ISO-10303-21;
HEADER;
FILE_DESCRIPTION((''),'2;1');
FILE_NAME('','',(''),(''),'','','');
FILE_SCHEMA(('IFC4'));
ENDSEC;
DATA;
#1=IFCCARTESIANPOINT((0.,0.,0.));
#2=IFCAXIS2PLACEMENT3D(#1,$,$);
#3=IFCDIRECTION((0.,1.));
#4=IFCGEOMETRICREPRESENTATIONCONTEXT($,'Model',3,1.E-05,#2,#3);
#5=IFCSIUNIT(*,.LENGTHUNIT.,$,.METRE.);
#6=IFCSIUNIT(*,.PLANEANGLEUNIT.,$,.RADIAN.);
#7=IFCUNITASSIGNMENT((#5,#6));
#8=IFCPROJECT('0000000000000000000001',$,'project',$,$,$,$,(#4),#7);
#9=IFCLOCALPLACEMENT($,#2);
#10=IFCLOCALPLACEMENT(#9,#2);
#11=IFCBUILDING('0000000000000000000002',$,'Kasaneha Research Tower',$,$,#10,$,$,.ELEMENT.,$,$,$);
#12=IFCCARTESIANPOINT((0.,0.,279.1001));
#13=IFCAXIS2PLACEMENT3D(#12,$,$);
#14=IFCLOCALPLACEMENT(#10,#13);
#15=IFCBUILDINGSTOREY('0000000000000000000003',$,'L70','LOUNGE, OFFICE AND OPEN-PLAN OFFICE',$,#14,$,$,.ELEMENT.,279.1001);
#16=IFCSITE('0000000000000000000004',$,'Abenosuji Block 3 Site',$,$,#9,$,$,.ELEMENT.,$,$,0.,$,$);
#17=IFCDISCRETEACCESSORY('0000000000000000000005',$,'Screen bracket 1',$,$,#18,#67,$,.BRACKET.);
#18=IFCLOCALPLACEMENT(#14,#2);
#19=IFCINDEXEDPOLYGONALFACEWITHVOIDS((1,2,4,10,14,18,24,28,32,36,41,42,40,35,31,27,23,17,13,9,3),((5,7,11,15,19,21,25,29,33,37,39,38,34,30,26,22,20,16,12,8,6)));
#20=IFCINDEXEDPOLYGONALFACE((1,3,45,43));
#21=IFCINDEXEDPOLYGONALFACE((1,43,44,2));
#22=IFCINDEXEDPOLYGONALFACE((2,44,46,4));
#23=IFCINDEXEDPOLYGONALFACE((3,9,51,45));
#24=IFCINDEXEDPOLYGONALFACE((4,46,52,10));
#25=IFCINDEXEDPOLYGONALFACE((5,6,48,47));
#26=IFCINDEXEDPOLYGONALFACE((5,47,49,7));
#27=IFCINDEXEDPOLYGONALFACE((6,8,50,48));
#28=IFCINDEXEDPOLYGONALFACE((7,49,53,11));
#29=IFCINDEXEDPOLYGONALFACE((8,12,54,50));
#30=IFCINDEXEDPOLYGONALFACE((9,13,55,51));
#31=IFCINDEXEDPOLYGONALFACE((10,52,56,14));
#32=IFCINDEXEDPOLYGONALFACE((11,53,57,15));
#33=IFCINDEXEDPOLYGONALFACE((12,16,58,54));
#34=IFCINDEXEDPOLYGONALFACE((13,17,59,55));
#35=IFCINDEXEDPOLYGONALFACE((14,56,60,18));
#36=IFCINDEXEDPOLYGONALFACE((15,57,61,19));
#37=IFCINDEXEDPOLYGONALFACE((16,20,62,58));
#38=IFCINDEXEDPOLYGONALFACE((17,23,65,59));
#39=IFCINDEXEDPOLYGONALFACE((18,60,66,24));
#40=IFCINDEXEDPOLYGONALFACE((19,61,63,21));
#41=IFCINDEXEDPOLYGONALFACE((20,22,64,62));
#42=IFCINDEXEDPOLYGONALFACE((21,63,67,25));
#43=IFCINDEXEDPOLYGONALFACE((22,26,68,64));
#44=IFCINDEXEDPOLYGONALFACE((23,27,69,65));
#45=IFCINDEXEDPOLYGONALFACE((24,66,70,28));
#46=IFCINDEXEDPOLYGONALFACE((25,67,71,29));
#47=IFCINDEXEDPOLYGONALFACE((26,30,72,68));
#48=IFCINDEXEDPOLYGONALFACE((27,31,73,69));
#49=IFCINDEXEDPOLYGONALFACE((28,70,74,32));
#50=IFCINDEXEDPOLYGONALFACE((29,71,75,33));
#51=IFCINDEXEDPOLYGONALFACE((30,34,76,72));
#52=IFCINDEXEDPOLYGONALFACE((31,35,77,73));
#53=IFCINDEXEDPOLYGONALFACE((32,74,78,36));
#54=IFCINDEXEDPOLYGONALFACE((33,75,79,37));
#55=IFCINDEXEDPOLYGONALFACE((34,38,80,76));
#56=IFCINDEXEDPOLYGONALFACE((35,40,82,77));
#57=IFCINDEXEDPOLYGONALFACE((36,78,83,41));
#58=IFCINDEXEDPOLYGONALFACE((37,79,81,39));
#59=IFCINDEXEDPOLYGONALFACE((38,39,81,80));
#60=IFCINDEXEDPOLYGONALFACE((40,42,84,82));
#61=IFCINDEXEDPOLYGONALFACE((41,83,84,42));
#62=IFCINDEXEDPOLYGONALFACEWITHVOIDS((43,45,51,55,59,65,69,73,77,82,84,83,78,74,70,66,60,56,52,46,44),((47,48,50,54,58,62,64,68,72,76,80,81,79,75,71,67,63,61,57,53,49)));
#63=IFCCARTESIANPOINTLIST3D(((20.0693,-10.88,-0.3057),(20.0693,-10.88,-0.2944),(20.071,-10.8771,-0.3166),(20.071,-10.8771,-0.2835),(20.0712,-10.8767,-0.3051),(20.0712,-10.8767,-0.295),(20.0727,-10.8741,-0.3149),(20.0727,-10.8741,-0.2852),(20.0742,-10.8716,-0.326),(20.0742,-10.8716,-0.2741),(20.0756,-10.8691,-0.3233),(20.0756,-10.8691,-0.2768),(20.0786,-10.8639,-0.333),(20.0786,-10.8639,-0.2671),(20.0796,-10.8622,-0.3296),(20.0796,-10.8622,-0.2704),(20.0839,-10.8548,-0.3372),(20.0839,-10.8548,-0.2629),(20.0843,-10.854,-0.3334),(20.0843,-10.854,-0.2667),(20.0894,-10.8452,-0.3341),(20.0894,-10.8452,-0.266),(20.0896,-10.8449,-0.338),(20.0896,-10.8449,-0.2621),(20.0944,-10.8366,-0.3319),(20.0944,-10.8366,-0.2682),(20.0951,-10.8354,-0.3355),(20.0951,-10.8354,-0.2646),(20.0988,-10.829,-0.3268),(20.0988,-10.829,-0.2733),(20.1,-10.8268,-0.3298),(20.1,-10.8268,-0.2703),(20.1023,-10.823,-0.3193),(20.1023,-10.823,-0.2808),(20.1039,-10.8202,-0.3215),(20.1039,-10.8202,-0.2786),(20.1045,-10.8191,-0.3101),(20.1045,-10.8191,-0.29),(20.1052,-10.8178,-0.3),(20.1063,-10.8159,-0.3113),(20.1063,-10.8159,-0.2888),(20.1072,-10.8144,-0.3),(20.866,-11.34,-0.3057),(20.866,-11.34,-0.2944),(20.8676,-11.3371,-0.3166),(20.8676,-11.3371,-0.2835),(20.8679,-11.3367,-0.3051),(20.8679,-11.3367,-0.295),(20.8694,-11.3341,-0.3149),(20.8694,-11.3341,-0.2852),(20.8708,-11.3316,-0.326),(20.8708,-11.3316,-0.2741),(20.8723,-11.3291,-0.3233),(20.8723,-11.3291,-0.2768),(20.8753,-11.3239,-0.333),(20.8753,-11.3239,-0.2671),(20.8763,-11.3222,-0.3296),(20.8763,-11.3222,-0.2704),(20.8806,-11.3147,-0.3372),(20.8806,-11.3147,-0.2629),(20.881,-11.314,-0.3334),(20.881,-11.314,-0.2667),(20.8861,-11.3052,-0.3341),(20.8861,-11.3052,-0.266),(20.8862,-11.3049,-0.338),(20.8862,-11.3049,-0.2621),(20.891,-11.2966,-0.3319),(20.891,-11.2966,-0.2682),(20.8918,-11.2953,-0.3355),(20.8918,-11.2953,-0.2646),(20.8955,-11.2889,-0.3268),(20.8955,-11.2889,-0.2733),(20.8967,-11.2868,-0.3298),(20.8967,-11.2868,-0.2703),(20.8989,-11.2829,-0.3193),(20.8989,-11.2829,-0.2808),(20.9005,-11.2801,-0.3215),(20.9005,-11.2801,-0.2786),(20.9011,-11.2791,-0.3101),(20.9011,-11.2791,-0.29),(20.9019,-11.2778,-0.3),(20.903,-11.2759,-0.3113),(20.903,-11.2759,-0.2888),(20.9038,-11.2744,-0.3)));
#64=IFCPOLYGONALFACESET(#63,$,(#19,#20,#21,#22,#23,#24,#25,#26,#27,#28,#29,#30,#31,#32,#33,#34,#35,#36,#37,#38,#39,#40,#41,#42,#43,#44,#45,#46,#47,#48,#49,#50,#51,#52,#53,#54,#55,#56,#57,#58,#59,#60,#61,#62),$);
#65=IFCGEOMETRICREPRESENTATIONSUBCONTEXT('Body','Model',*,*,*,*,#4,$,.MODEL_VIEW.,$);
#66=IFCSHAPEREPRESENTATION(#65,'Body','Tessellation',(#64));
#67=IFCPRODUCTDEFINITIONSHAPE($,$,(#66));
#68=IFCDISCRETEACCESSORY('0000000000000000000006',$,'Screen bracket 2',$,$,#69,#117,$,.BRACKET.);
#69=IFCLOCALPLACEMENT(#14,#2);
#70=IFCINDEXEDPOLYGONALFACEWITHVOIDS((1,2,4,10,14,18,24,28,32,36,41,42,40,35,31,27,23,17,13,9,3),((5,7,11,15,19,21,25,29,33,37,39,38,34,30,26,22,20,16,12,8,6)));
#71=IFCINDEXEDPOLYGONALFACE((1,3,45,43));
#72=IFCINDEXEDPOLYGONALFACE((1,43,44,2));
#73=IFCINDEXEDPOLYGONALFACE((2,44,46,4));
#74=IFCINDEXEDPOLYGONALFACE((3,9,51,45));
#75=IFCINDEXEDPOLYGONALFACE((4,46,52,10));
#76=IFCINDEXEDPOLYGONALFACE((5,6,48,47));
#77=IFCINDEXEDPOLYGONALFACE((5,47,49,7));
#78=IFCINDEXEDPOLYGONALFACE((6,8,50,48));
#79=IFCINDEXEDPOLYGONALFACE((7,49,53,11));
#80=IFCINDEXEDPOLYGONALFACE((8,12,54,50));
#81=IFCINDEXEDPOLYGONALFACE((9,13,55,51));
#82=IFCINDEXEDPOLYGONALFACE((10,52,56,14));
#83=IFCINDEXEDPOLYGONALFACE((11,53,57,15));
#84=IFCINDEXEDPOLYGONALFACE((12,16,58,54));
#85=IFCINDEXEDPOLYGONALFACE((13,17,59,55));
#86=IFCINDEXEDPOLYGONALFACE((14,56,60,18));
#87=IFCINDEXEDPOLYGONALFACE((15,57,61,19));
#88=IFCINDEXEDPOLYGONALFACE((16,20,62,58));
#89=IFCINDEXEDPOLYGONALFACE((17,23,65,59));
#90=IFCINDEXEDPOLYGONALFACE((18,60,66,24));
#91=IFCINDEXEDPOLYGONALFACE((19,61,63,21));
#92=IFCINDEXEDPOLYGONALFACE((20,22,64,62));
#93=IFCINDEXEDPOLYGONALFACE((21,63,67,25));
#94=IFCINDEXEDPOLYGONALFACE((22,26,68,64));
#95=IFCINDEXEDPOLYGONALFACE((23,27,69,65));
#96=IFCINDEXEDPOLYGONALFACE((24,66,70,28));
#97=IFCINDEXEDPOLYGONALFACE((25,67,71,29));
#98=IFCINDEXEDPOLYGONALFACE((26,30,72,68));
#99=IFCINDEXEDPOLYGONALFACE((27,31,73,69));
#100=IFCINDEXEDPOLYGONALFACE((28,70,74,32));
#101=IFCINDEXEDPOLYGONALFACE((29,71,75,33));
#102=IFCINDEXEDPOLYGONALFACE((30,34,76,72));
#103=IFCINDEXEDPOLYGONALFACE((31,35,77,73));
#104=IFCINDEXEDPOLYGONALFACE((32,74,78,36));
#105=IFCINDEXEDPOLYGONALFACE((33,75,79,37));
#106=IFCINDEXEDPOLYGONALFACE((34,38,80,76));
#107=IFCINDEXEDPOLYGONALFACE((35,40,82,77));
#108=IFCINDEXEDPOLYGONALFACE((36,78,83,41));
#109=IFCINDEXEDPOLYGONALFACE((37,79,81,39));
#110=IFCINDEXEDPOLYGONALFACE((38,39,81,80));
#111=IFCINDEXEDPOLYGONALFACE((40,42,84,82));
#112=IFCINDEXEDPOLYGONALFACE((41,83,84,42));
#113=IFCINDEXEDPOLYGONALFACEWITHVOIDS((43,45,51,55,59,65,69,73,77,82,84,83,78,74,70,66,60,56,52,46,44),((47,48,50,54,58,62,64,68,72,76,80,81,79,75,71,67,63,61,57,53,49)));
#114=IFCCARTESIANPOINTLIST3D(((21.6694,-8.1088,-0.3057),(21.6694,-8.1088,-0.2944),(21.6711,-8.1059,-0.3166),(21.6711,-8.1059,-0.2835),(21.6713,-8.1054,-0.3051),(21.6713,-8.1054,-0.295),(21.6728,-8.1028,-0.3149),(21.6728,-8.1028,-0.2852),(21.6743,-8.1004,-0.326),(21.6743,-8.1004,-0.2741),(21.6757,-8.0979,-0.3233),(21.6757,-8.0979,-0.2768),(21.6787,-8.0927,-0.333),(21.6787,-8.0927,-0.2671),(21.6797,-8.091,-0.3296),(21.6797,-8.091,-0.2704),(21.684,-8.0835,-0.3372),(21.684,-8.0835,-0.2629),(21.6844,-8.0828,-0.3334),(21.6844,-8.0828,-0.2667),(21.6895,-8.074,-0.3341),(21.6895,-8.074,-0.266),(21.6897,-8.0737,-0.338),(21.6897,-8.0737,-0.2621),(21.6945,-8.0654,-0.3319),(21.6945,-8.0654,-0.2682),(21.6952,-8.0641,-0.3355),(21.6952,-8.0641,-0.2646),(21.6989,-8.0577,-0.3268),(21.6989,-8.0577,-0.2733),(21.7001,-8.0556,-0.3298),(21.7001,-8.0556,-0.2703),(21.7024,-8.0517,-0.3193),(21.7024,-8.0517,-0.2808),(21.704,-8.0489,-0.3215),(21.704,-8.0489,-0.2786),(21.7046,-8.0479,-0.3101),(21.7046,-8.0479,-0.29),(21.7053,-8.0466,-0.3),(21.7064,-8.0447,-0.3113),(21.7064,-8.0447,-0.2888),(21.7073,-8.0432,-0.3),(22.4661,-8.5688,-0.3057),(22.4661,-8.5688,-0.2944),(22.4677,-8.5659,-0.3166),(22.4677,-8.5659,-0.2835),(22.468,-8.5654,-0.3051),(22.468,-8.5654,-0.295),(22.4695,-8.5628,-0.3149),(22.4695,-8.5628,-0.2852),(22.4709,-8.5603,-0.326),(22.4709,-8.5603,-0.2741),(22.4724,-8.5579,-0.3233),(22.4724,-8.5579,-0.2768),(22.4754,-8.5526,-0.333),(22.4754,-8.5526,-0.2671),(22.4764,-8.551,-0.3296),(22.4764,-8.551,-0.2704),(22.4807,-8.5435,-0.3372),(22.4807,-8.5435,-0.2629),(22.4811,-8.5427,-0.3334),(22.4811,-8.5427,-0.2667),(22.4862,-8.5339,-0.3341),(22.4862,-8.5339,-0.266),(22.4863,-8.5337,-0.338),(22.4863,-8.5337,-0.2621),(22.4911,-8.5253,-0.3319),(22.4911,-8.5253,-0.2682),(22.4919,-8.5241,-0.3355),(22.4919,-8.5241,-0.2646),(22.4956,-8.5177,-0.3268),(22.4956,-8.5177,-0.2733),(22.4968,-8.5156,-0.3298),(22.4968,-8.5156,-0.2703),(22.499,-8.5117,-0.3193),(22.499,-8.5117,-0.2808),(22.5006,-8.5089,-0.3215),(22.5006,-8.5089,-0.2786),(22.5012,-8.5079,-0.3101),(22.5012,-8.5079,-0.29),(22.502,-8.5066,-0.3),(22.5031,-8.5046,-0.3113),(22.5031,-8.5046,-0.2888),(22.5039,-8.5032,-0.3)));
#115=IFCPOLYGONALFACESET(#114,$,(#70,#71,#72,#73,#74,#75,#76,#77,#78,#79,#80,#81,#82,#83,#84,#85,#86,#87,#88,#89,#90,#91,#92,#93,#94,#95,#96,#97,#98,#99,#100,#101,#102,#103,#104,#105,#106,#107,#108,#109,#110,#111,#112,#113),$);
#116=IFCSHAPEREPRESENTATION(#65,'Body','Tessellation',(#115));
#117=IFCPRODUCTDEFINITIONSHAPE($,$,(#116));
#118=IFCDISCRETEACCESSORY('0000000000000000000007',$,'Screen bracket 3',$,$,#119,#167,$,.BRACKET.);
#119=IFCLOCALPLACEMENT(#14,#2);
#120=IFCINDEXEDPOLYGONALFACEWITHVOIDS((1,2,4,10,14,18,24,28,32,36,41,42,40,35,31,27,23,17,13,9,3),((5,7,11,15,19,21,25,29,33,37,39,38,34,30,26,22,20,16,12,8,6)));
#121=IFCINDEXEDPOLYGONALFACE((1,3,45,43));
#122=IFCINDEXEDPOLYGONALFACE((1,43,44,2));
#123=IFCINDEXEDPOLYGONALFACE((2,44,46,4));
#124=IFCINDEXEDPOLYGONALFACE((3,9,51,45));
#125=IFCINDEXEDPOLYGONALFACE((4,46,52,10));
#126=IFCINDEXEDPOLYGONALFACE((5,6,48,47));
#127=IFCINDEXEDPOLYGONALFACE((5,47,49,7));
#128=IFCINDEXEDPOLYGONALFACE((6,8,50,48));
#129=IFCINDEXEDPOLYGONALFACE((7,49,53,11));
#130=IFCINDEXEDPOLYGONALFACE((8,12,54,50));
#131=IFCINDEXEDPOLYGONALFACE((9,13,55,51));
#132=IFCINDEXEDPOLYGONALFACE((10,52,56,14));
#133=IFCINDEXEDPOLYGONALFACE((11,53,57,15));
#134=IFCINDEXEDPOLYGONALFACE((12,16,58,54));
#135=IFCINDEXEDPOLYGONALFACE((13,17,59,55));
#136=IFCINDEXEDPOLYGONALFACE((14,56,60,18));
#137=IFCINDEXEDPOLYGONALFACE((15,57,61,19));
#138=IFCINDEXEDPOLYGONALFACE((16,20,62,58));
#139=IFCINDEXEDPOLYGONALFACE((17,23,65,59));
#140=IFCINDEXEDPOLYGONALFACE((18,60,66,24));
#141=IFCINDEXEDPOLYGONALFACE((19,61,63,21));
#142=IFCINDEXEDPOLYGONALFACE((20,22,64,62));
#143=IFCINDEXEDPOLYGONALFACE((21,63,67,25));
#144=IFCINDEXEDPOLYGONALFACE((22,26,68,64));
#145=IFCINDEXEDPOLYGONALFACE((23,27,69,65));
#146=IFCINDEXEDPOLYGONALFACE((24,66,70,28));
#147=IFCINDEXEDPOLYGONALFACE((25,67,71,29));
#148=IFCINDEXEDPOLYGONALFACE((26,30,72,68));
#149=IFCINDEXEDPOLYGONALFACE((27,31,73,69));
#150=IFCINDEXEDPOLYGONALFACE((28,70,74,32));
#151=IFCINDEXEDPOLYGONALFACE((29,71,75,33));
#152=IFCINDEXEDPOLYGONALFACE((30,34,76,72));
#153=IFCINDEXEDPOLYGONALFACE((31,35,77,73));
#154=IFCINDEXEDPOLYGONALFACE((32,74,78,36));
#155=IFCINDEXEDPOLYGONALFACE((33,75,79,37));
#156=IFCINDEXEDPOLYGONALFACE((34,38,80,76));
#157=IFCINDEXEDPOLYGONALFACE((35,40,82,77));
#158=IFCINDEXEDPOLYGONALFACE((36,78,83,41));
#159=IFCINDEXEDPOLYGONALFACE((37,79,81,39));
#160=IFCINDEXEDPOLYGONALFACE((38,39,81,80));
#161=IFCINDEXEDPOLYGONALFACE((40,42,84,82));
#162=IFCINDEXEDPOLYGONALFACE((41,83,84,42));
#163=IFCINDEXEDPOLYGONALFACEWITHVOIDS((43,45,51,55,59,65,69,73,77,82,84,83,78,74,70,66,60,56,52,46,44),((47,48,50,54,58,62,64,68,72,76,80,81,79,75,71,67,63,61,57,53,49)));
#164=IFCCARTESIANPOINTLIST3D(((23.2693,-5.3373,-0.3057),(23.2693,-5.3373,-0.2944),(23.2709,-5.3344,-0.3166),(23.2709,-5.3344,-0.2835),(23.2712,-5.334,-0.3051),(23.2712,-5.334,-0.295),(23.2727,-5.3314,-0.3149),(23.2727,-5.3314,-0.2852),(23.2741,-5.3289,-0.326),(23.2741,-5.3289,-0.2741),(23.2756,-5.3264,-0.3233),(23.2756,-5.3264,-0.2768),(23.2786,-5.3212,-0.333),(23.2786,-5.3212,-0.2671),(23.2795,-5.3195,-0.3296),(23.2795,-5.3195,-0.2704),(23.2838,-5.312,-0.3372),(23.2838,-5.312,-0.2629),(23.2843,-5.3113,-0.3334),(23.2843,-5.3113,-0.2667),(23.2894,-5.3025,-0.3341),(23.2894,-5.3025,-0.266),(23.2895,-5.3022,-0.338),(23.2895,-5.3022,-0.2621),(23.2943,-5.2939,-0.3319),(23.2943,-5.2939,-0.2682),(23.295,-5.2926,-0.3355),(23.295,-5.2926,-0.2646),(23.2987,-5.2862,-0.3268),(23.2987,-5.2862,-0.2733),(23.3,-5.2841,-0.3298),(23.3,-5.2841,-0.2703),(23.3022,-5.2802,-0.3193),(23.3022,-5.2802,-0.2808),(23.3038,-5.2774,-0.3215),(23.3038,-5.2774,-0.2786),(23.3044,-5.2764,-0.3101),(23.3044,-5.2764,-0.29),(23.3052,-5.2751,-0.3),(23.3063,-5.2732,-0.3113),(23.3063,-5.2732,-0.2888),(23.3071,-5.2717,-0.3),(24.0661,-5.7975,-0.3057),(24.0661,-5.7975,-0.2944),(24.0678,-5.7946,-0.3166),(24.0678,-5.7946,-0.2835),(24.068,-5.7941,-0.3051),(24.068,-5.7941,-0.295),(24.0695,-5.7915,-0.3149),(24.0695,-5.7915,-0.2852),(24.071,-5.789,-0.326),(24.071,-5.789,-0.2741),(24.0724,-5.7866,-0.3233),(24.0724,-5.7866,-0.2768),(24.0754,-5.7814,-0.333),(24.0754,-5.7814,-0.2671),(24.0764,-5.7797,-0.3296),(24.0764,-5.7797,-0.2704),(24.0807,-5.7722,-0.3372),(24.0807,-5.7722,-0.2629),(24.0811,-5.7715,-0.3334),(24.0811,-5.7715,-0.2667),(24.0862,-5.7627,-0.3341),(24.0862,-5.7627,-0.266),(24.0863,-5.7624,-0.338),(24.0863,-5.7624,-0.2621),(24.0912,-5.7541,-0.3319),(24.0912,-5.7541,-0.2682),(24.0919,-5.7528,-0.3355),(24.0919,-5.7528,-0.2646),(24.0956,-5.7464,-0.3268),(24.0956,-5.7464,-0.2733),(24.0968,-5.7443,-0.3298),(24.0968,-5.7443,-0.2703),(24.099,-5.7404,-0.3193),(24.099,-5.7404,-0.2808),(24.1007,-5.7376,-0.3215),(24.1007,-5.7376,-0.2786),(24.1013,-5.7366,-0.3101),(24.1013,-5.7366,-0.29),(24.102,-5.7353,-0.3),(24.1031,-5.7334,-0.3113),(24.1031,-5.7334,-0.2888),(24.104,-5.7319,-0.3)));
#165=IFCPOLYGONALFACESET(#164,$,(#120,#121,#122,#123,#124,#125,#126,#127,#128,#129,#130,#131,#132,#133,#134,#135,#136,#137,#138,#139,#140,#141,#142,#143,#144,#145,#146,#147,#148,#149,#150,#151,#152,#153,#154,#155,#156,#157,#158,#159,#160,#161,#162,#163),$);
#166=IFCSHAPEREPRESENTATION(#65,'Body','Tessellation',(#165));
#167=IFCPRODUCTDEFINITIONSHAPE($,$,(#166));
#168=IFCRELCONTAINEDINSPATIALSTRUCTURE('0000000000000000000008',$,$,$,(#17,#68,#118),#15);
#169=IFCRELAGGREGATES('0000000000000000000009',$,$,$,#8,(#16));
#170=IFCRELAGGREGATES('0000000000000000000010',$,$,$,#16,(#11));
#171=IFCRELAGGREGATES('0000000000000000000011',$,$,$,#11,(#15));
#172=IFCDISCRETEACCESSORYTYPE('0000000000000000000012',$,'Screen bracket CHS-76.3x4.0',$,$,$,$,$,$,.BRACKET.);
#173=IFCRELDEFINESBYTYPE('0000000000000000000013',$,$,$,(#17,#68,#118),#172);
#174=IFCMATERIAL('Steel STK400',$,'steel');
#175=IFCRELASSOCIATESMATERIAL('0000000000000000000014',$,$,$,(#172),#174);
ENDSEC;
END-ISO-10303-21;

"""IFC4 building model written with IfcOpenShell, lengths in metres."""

from ifc_helpers import new_model, si_unit, direction, frame, origin, origin_2d, place, context, subcontext, project, spatial, hollow_circle, extrude, material, material_profile, profile_set, type_object, element, save


model = new_model("IFC4")

# Units and contexts
model_context = context("Model", 3, precision=1e-05, world=origin(), true_north=direction((0.0, 1.0)))
body_context = subcontext(model_context, "Body", "Model", "MODEL_VIEW")
ifc_project = project(units=[si_unit("LENGTHUNIT", "METRE"), si_unit("PLANEANGLEUNIT", "RADIAN")], contexts=[model_context])

# Site, building, storey
site_placement = place(None, origin())
site = spatial("IfcSite", under=ifc_project, at=site_placement, Name="Abenosuji Block 3 Site", CompositionType="ELEMENT", RefElevation=0.0)
building_placement = place(site_placement, origin())
building = spatial("IfcBuilding", under=site, at=building_placement, Name="Kasaneha Research Tower", CompositionType="ELEMENT")
storey_placement = place(building_placement, frame((0.0, 0.0, 279.1001)))
storey = spatial("IfcBuildingStorey", under=building, at=storey_placement, Name="L70", Description="LOUNGE, OFFICE AND OPEN-PLAN OFFICE", CompositionType="ELEMENT", Elevation=279.1001)

# Discrete accessories
ifc_material_1 = material(Name="Steel STK400", Category="steel")
ifc_material_profile_1 = material_profile(ifc_material_1, hollow_circle(Radius=0.0381, WallThickness=0.0039, at=origin_2d()), Name="CHS-76.3x4.0")
ifc_profile_set_1 = profile_set([ifc_material_profile_1], Name="Steel STK400")
discrete_accessory_type = type_object("IfcDiscreteAccessoryType", Name="Screen bracket CHS-76.3x4.0", PredefinedType="BRACKET", material=ifc_profile_set_1)
for number, where, z_axis, x_axis, name in (
    (1, (20.0881, -10.8474, -0.3), (0.866013, -0.500021, 0.0), (0.500021, 0.866013, 0.0), "Screen bracket 1"),
    (2, (21.6882, -8.0762, -0.3), (0.866013, -0.500021, 0.0), (0.500021, 0.866013, 0.0), "Screen bracket 2"),
):
    element("IfcDiscreteAccessory", number, at=place(storey_placement, frame(where, z_axis=z_axis, x_axis=x_axis)), inside=storey, type_object=discrete_accessory_type, Name=name, PredefinedType="BRACKET", context=body_context, shape_type="SweptSolid", body=[
        extrude(hollow_circle(Radius=0.0381, WallThickness=0.0039, at=origin_2d()), origin(), (0.0, 0.0, 1.0), 0.9199),
    ])
discrete_accessory_placement = place(storey_placement, frame((23.2881, -5.3047, -0.3), z_axis=(0.865965, -0.500105, 0.0), x_axis=(0.500105, 0.865965, 0.0)))
element("IfcDiscreteAccessory", 3, at=discrete_accessory_placement, inside=storey, type_object=discrete_accessory_type, Name="Screen bracket 3", PredefinedType="BRACKET", context=body_context, shape_type="SweptSolid", body=[
    extrude(hollow_circle(Radius=0.0381, WallThickness=0.0039, at=origin_2d()), origin(), (0.0, 0.0, 1.0), 0.9202),
])

save(model, "model.ifc")
